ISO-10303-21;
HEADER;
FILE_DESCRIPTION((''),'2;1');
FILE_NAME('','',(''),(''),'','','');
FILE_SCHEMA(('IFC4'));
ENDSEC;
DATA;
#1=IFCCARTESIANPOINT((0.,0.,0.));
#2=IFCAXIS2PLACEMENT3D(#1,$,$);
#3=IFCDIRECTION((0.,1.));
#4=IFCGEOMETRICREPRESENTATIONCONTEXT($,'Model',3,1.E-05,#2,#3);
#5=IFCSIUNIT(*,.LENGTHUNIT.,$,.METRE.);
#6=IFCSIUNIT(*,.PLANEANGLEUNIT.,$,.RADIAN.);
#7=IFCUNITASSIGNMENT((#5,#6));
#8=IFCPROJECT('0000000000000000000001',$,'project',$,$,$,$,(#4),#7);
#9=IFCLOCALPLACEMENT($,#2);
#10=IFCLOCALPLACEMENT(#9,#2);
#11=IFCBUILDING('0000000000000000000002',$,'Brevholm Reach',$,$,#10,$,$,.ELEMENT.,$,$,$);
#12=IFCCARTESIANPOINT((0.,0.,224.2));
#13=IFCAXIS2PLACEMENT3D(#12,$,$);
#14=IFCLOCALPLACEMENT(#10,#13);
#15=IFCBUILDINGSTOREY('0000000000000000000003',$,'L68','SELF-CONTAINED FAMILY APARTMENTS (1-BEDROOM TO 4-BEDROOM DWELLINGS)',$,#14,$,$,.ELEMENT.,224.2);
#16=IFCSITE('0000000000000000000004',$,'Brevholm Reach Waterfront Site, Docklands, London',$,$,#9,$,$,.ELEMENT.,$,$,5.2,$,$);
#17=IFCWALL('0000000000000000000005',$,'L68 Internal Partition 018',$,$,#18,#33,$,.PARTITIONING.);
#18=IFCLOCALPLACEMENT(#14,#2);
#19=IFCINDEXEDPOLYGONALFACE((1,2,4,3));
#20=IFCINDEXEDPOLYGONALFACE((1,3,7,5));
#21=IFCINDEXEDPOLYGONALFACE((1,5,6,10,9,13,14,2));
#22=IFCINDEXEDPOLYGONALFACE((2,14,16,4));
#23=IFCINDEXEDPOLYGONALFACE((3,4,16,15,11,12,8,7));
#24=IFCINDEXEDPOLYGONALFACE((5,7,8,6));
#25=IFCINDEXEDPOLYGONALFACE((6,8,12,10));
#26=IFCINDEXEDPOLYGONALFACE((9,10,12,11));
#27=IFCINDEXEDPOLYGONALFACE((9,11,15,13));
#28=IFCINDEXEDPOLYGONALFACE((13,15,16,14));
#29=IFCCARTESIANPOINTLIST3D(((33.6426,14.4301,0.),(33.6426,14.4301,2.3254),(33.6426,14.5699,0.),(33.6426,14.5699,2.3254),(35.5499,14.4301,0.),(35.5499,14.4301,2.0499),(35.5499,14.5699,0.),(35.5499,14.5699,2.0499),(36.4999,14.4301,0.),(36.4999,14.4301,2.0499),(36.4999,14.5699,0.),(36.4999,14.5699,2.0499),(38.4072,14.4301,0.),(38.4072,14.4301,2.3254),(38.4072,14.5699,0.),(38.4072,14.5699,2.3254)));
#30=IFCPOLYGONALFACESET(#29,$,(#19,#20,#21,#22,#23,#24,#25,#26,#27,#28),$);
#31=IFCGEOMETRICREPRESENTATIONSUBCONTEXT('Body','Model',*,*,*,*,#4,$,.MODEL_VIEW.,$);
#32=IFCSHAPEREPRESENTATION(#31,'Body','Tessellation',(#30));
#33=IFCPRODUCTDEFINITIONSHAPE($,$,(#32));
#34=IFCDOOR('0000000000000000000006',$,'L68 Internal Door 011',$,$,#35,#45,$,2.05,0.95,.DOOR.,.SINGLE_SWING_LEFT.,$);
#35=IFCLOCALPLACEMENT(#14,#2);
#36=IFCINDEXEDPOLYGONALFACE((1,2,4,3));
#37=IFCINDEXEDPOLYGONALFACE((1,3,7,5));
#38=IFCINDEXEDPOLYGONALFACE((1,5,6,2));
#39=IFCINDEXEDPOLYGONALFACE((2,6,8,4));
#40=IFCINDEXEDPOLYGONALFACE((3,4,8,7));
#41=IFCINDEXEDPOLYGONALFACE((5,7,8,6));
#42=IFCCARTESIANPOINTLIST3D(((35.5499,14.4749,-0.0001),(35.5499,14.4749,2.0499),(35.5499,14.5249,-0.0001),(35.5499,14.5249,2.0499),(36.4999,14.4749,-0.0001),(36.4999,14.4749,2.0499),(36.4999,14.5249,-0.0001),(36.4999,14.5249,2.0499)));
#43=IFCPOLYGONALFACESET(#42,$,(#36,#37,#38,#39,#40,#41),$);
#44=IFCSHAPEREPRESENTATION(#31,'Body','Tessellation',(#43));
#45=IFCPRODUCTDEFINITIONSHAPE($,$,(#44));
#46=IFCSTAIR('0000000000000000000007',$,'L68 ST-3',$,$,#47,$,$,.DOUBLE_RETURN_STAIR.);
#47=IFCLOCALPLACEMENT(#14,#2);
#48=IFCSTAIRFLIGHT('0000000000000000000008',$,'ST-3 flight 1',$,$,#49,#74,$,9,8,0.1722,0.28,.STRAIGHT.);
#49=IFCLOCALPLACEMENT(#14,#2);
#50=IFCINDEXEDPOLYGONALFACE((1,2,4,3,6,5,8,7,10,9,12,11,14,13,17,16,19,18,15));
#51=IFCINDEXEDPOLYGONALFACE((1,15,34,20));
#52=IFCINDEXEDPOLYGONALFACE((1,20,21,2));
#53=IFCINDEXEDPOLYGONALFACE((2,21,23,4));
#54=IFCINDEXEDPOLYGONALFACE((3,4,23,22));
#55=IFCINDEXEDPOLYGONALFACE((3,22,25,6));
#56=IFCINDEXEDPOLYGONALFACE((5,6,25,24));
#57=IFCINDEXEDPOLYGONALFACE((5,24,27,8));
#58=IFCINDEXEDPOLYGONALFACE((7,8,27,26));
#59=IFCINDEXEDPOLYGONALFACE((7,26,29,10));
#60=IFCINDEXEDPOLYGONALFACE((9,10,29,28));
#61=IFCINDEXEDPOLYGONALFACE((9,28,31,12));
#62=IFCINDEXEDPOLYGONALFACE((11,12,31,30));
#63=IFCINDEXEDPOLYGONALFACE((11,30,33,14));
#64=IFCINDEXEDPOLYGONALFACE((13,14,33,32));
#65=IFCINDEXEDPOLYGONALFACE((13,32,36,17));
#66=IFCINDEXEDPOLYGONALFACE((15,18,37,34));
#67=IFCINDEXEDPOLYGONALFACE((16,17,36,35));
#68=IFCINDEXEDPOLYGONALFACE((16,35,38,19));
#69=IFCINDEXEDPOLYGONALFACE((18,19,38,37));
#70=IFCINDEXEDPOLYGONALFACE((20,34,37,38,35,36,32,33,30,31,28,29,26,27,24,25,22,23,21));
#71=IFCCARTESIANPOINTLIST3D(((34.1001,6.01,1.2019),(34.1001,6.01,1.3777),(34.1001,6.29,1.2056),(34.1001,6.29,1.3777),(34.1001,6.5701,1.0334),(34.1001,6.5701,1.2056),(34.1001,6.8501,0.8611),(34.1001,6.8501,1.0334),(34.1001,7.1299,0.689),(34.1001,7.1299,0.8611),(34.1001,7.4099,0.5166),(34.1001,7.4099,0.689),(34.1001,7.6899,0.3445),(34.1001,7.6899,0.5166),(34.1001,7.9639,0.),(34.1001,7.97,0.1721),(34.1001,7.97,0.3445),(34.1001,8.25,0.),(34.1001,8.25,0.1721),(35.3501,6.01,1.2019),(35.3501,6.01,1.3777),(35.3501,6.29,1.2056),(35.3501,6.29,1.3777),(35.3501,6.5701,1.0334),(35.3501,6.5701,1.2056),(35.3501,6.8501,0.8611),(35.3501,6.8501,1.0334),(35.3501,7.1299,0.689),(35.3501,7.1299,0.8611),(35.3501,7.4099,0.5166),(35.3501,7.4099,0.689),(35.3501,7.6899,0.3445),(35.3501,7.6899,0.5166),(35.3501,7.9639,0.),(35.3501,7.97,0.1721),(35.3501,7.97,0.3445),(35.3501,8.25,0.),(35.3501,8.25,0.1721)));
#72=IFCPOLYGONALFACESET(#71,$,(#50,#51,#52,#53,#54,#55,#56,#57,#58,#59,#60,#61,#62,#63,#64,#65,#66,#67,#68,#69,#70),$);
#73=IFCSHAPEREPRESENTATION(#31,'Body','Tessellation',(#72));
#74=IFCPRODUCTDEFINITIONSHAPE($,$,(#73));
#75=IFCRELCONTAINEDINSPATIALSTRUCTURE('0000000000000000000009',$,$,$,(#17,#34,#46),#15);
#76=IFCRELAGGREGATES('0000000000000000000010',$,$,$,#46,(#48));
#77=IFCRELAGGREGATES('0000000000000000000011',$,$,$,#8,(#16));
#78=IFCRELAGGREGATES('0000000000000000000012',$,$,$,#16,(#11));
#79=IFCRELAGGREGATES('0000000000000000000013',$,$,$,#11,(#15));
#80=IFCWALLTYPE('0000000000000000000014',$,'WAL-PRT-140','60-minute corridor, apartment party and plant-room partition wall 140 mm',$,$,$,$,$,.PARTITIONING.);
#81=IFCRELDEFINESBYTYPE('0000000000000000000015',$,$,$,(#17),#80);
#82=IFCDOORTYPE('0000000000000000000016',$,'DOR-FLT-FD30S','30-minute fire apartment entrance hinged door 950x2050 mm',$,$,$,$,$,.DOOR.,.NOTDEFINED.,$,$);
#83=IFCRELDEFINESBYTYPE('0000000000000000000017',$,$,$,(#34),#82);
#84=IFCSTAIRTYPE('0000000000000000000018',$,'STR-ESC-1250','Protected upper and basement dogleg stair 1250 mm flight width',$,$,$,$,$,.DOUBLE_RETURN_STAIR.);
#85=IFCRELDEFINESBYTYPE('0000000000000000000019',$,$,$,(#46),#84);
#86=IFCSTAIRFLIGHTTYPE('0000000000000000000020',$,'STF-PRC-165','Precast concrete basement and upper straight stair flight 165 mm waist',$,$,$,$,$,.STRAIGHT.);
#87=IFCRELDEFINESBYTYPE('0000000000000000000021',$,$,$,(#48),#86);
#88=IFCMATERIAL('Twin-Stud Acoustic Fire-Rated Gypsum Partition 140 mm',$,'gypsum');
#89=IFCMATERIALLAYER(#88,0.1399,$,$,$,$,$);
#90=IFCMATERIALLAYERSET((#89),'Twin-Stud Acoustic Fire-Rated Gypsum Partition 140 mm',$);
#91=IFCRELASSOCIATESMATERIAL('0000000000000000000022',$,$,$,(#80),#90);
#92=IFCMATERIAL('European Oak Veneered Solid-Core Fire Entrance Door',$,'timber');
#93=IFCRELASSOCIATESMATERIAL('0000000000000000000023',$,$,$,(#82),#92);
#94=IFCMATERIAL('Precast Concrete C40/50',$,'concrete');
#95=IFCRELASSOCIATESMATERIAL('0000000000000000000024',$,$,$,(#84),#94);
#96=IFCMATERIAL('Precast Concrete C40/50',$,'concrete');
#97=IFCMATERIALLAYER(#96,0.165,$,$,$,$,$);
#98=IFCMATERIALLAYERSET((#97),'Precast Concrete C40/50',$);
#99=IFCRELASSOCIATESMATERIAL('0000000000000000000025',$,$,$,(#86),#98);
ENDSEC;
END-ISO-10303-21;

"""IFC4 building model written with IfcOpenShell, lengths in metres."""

from ifc_helpers import new_model, si_unit, direction, frame, frame_2d, origin, place, context, subcontext, project, spatial, polyline, rectangle, outline, extrude, material, layer, layer_set, type_object, element, fill, aggregate, save


model = new_model("IFC4")

# Units and contexts
model_context = context("Model", 3, precision=1e-05, world=origin(), true_north=direction((0.0, 1.0)))
body_context = subcontext(model_context, "Body", "Model", "MODEL_VIEW")
ifc_project = project(units=[si_unit("LENGTHUNIT", "METRE"), si_unit("PLANEANGLEUNIT", "RADIAN")], contexts=[model_context])

# Site, building, storey
site_placement = place(None, origin())
site = spatial("IfcSite", under=ifc_project, at=site_placement, Name="Brevholm Reach Waterfront Site, Docklands, London", CompositionType="ELEMENT", RefElevation=5.2)
building_placement = place(site_placement, origin())
building = spatial("IfcBuilding", under=site, at=building_placement, Name="Brevholm Reach", CompositionType="ELEMENT")
storey_placement = place(building_placement, frame((0.0, 0.0, 224.2)))
storey = spatial("IfcBuildingStorey", under=building, at=storey_placement, Name="L68", Description="SELF-CONTAINED FAMILY APARTMENTS (1-BEDROOM TO 4-BEDROOM DWELLINGS)", CompositionType="ELEMENT", Elevation=224.2)

# Shared definitions
ifc_material_1 = material(Name="Twin-Stud Acoustic Fire-Rated Gypsum Partition 140 mm", Category="gypsum")
ifc_layer_1 = layer(ifc_material_1, 0.1399)
ifc_layer_set_1 = layer_set([ifc_layer_1], Name="Twin-Stud Acoustic Fire-Rated Gypsum Partition 140 mm")
wall_type_1 = type_object("IfcWallType", Name="WAL-PRT-140", Description="60-minute corridor, apartment party and plant-room partition wall 140 mm", PredefinedType="PARTITIONING", material=ifc_layer_set_1)
ifc_material_2 = material(Name="European Oak Veneered Solid-Core Fire Entrance Door", Category="timber")
door_type_1 = type_object("IfcDoorType", Name="DOR-FLT-FD30S", Description="30-minute fire apartment entrance hinged door 950x2050 mm", OperationType="NOTDEFINED", PredefinedType="DOOR", material=ifc_material_2)

# Wall, opening, door
wall_1_placement = place(storey_placement, frame((33.6426, 14.5, 0.0), z_axis=(0.0, 0.0, 1.0), x_axis=(1.0, 0.0, 0.0)))
wall_1 = element("IfcWall", 1, at=wall_1_placement, inside=storey, type_object=wall_type_1, Name="L68 Internal Partition 018", PredefinedType="PARTITIONING", context=body_context, shape_type="SweptSolid", body=[
    extrude(rectangle(XDim=4.7646, YDim=0.1399, at=frame_2d((2.3823, 0.0))), origin(), (0.0, 0.0, 1.0), 2.3254),
])
opening_1_placement = place(wall_1_placement, frame((1.9072, 0.0, 0.0)))
opening_1 = element("IfcOpeningElement", 2, at=opening_1_placement, cuts=wall_1, PredefinedType="OPENING", context=body_context, shape_type="SweptSolid", body=[
    extrude(rectangle(XDim=0.95, YDim=2.05, at=frame_2d((0.4751, 1.0249))), frame((0.0, 0.0798, 0.0), z_axis=(0.0, -1.0, 0.0), x_axis=(1.0, 0.0, 0.0)), (0.0, 0.0, 1.0), 0.1599),
])
door_1_placement = place(opening_1_placement, origin())
door_1 = element("IfcDoor", 3, at=door_1_placement, inside=storey, type_object=door_type_1, Name="L68 Internal Door 011", OperationType="SINGLE_SWING_LEFT", OverallHeight=2.05, OverallWidth=0.95, PredefinedType="DOOR", context=body_context, shape_type="SweptSolid", body=[
    extrude(rectangle(XDim=0.95, YDim=2.05, at=frame_2d((0.4751, 1.0249))), frame((0.0, 0.0249, 0.0), z_axis=(0.0, -1.0, 0.0), x_axis=(1.0, 0.0, 0.0)), (0.0, 0.0, 1.0), 0.05),
])
fill(opening_1, door_1)

# Stair, stair flight
ifc_material_3 = material(Name="Precast Concrete C40/50", Category="concrete")
stair_type = type_object("IfcStairType", Name="STR-ESC-1250", Description="Protected upper and basement dogleg stair 1250 mm flight width", PredefinedType="DOUBLE_RETURN_STAIR", material=ifc_material_3)
stair_placement = place(storey_placement, origin())
stair = element("IfcStair", 4, at=stair_placement, inside=storey, type_object=stair_type, Name="L68 ST-3", PredefinedType="DOUBLE_RETURN_STAIR")
ifc_material_4 = material(Name="Precast Concrete C40/50", Category="concrete")
ifc_layer_2 = layer(ifc_material_4, 0.165)
ifc_layer_set_2 = layer_set([ifc_layer_2], Name="Precast Concrete C40/50")
stair_flight_type = type_object("IfcStairFlightType", Name="STF-PRC-165", Description="Precast concrete basement and upper straight stair flight 165 mm waist", PredefinedType="STRAIGHT", material=ifc_layer_set_2)
stair_flight_placement = place(storey_placement, frame((34.7251, 8.25, 0.0), z_axis=(0.0, 0.0, 1.0), x_axis=(0.0, -1.0, 0.0)))
stair_flight = element("IfcStairFlight", 5, at=stair_flight_placement, type_object=stair_flight_type, Name="ST-3 flight 1", NumberOfRisers=9, NumberOfTreads=8, PredefinedType="STRAIGHT", RiserHeight=0.1722, TreadLength=0.28, context=body_context, shape_type="SweptSolid", body=[
    extrude(outline(polyline([(0.0, 0.0), (0.0, 0.1721), (0.28, 0.1721), (0.28, 0.3445), (0.5601, 0.3445), (0.5601, 0.5166), (0.8401, 0.5166), (0.8401, 0.689), (1.1201, 0.689), (1.1201, 0.8611), (1.3999, 0.8611), (1.3999, 1.0334), (1.6799, 1.0334), (1.6799, 1.2056), (1.96, 1.2056), (1.96, 1.3777), (2.24, 1.3777), (2.24, 1.55), (2.24, 1.2019), (0.2861, 0.0), (0.0, 0.0)])), frame((0.0, 0.625, 0.0), z_axis=(0.0, -1.0, 0.0), x_axis=(1.0, 0.0, 0.0)), (0.0, 0.0, 1.0), 1.25),
])
aggregate(stair, [stair_flight])

save(model, "model.ifc")
